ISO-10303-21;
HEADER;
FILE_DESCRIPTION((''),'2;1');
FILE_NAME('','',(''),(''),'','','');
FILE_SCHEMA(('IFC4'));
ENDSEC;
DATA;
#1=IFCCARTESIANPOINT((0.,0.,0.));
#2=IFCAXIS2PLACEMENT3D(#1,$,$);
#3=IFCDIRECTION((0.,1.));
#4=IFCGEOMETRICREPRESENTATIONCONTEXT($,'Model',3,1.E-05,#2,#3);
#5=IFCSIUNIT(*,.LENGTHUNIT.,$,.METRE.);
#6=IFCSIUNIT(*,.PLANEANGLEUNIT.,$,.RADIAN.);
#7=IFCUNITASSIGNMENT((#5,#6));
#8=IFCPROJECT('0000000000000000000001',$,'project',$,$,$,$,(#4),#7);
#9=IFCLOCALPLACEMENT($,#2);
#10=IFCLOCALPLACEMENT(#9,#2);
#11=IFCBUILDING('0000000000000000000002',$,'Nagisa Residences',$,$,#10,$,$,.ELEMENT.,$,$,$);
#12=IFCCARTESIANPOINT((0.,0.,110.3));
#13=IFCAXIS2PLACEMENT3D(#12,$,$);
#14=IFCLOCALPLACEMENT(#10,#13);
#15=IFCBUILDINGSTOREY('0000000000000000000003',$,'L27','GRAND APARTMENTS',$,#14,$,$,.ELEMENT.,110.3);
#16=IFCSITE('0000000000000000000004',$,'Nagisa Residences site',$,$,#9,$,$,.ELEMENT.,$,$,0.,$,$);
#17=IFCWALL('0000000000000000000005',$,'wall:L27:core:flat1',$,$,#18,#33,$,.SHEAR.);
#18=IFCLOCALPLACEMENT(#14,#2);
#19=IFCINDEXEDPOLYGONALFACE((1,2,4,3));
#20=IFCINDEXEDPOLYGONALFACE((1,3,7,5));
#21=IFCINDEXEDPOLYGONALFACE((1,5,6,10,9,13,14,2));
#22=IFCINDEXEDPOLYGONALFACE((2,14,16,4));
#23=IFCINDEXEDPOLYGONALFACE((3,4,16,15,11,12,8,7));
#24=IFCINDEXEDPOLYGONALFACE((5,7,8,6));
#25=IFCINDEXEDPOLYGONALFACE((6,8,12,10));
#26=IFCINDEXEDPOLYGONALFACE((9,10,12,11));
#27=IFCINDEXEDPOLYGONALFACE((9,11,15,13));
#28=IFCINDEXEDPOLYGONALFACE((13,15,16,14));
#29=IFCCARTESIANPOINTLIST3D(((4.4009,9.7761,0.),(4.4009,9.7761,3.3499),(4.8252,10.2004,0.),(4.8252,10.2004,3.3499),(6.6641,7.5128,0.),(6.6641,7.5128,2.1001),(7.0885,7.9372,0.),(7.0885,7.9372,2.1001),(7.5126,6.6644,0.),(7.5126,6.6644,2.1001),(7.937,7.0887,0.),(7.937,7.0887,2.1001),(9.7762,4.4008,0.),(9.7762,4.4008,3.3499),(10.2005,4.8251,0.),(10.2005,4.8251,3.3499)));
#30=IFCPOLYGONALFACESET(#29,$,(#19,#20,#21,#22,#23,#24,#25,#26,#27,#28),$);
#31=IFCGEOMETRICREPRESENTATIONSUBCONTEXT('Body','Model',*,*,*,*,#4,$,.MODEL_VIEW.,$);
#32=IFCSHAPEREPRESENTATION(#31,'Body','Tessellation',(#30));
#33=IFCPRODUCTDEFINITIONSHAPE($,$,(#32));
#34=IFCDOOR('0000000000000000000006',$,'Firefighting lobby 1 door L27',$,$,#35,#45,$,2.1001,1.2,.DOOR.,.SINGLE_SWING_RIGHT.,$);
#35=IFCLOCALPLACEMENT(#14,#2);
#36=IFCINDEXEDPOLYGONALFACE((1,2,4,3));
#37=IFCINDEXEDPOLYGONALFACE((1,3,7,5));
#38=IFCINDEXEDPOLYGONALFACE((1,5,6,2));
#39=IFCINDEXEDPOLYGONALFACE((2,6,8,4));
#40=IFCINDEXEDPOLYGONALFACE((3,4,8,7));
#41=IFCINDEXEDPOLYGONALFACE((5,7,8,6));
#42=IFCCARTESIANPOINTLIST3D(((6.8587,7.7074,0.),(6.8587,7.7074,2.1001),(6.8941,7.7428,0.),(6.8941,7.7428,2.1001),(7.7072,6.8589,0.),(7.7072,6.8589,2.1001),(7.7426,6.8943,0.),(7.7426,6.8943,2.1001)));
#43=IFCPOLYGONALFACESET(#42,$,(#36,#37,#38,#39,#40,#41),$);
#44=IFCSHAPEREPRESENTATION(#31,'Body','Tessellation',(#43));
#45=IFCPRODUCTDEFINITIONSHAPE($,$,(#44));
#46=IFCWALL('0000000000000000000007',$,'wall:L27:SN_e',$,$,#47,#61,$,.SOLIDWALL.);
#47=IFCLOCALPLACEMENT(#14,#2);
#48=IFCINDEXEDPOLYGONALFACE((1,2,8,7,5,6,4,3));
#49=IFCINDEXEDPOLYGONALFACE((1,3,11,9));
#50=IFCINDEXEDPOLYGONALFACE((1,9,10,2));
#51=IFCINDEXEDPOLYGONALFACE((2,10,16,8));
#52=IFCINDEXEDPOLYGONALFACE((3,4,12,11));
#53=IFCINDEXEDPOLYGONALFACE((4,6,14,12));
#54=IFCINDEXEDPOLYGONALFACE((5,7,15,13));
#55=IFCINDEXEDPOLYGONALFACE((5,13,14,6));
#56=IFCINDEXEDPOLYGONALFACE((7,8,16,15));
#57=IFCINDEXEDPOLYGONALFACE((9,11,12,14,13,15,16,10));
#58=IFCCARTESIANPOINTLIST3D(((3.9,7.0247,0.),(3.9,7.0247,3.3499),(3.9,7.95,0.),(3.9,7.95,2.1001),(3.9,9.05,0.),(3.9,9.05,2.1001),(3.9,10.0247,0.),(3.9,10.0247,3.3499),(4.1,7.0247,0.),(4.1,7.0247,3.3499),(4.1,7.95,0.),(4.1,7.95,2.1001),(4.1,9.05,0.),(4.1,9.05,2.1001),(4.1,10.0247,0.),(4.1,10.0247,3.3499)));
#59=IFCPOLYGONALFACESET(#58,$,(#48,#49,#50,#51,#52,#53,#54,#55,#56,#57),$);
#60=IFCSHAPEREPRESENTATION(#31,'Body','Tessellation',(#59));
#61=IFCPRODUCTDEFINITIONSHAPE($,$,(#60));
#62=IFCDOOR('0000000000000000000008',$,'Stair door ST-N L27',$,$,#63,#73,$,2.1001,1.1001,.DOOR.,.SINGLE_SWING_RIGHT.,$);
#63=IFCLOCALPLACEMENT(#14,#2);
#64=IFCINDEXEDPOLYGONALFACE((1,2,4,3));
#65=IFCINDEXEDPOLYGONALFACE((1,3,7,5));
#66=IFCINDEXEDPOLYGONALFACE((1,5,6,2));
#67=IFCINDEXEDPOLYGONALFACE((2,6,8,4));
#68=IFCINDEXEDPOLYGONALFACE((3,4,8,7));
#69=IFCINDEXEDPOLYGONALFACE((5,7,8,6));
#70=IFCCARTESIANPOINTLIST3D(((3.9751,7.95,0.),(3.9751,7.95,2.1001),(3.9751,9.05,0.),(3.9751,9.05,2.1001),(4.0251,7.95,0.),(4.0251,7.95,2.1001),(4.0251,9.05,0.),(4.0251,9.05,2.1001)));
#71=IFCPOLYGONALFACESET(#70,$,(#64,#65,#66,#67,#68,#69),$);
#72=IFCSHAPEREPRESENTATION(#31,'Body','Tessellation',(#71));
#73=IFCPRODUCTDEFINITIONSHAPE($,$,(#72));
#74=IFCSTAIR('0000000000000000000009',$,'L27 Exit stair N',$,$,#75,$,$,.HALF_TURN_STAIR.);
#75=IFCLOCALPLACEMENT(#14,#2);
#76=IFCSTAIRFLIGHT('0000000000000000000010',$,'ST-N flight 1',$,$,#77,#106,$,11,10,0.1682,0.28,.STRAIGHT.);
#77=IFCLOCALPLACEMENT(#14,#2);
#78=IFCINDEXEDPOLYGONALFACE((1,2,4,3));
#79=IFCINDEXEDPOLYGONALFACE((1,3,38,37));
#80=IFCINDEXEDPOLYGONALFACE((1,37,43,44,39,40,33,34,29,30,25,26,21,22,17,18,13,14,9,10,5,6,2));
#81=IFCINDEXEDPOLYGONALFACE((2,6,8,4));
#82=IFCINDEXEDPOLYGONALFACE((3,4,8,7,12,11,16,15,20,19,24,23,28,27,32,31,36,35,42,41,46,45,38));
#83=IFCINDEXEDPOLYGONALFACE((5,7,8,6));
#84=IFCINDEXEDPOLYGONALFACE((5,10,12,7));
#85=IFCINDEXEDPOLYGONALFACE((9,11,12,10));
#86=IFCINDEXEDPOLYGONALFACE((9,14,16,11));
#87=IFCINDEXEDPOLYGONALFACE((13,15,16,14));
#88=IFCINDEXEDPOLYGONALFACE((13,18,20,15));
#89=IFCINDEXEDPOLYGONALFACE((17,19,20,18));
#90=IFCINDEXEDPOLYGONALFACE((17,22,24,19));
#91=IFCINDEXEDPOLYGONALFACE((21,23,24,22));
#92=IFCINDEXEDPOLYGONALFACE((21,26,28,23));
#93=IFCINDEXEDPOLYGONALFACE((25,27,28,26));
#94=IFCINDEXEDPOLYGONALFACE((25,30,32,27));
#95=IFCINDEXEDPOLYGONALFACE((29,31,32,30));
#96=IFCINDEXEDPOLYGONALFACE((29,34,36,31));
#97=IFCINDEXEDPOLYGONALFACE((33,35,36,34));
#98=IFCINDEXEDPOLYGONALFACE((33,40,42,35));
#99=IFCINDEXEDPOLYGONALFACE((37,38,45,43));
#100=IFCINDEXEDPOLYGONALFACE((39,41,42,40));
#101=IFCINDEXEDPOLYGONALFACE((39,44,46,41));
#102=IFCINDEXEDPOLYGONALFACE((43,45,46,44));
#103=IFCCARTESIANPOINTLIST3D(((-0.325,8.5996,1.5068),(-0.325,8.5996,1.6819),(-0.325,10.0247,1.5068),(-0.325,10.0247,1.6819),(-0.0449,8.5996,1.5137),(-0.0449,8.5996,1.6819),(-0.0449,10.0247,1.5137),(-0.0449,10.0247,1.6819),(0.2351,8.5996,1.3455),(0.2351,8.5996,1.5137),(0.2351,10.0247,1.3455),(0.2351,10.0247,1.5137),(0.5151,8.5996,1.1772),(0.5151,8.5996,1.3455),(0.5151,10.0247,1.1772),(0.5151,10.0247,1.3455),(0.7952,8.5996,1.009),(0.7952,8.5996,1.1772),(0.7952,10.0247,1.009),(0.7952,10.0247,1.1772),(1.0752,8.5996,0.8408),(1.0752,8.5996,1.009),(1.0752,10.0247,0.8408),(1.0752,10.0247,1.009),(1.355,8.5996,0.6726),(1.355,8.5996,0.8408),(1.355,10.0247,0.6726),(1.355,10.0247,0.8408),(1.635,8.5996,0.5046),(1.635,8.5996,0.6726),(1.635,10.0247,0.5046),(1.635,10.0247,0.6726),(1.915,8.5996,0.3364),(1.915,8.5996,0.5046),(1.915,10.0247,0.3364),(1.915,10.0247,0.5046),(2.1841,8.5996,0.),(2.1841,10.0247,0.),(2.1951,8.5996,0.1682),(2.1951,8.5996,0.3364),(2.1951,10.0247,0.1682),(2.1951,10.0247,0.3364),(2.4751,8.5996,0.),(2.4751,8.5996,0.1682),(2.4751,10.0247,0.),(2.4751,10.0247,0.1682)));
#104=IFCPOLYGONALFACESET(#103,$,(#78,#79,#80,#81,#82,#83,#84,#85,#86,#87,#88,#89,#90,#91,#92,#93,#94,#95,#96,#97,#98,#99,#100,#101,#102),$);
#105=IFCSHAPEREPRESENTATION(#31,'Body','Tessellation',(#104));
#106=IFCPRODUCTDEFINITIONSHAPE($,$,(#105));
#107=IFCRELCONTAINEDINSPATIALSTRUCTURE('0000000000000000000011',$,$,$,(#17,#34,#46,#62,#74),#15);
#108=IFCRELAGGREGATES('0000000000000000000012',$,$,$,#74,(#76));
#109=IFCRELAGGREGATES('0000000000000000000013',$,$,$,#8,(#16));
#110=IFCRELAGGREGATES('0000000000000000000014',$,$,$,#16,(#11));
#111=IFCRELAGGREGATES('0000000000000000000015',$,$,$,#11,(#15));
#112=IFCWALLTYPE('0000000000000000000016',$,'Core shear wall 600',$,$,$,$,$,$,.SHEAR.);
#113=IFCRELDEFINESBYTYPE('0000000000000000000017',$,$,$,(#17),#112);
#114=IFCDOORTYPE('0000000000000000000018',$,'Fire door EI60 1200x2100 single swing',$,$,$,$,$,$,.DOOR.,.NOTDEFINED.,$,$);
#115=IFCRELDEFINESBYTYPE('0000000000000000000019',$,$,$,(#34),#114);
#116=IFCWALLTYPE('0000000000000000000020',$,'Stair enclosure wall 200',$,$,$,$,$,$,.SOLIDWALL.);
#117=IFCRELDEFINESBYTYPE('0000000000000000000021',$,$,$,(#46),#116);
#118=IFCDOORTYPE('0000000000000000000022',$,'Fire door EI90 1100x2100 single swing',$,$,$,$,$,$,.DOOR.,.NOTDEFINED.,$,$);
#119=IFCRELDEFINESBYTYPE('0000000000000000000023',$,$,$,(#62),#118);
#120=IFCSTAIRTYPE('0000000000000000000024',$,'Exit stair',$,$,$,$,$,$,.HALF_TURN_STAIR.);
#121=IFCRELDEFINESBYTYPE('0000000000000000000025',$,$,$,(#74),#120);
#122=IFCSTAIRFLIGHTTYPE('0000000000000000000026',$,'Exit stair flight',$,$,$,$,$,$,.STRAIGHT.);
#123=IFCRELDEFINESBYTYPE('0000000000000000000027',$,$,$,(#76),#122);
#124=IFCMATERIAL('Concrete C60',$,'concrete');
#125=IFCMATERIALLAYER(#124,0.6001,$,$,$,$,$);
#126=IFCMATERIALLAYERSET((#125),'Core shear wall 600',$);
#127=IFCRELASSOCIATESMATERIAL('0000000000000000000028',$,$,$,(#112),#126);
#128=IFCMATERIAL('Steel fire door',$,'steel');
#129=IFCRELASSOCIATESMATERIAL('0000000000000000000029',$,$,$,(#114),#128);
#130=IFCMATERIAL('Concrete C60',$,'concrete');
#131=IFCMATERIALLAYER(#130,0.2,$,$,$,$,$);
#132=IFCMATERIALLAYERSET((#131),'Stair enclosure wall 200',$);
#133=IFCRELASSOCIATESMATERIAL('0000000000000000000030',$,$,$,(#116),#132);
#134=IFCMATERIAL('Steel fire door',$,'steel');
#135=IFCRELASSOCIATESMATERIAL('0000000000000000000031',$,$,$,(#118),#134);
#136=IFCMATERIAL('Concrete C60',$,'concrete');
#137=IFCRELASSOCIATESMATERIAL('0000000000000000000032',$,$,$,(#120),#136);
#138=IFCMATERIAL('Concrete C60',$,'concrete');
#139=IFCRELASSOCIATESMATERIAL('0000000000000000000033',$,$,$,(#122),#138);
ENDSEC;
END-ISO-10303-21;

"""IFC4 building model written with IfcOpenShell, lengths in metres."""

from ifc_helpers import new_model, si_unit, direction, frame, frame_2d, origin, place, context, subcontext, project, spatial, polyline, rectangle, outline, extrude, material, layer, layer_set, type_object, element, fill, aggregate, save


model = new_model("IFC4")

# Units and contexts
model_context = context("Model", 3, precision=1e-05, world=origin(), true_north=direction((0.0, 1.0)))
body_context = subcontext(model_context, "Body", "Model", "MODEL_VIEW")
ifc_project = project(units=[si_unit("LENGTHUNIT", "METRE"), si_unit("PLANEANGLEUNIT", "RADIAN")], contexts=[model_context])

# Site, building, storey
site_placement = place(None, origin())
site = spatial("IfcSite", under=ifc_project, at=site_placement, Name="Nagisa Residences site", CompositionType="ELEMENT", RefElevation=0.0)
building_placement = place(site_placement, origin())
building = spatial("IfcBuilding", under=site, at=building_placement, Name="Nagisa Residences", CompositionType="ELEMENT")
storey_placement = place(building_placement, frame((0.0, 0.0, 110.3)))
storey = spatial("IfcBuildingStorey", under=building, at=storey_placement, Name="L27", Description="GRAND APARTMENTS", CompositionType="ELEMENT", Elevation=110.3)

# Walls, openings, doors
ifc_material_1 = material(Name="Concrete C60", Category="concrete")
ifc_layer_1 = layer(ifc_material_1, 0.6001)
ifc_layer_set_1 = layer_set([ifc_layer_1], Name="Core shear wall 600")
wall_type_1 = type_object("IfcWallType", Name="Core shear wall 600", PredefinedType="SHEAR", material=ifc_layer_set_1)
wall_1_placement = place(storey_placement, frame((9.9883, 4.613, 0.0), z_axis=(0.0, 0.0, 1.0), x_axis=(-0.707107, 0.707107, 0.0)))
wall_1 = element("IfcWall", 1, at=wall_1_placement, inside=storey, type_object=wall_type_1, Name="wall:L27:core:flat1", PredefinedType="SHEAR", context=body_context, shape_type="SweptSolid", body=[
    extrude(rectangle(XDim=7.6018, YDim=0.6001, at=frame_2d((3.8008, 0.0))), origin(), (0.0, 0.0, 1.0), 3.3499),
])
opening_1_placement = place(wall_1_placement, frame((3.2009, 0.0, 0.0)))
opening_1 = element("IfcOpeningElement", 2, at=opening_1_placement, cuts=wall_1, PredefinedType="OPENING", context=body_context, shape_type="SweptSolid", body=[
    extrude(rectangle(XDim=1.2, YDim=2.1001, at=frame_2d((0.6001, 1.05))), frame((0.0, 0.3101, 0.0), z_axis=(0.0, -1.0, 0.0), x_axis=(1.0, 0.0, 0.0)), (0.0, 0.0, 1.0), 0.6201),
])
ifc_material_2 = material(Name="Steel fire door", Category="steel")
door_type_1 = type_object("IfcDoorType", Name="Fire door EI60 1200x2100 single swing", OperationType="NOTDEFINED", PredefinedType="DOOR", material=ifc_material_2)
door_1_placement = place(opening_1_placement, origin())
door_1 = element("IfcDoor", 3, at=door_1_placement, inside=storey, type_object=door_type_1, Name="Firefighting lobby 1 door L27", OperationType="SINGLE_SWING_RIGHT", OverallHeight=2.1001, OverallWidth=1.2, PredefinedType="DOOR", context=body_context, shape_type="SweptSolid", body=[
    extrude(rectangle(XDim=1.2, YDim=2.1001, at=frame_2d((0.6001, 1.05))), frame((0.0, 0.0249, 0.0), z_axis=(0.0, -1.0, 0.0), x_axis=(1.0, 0.0, 0.0)), (0.0, 0.0, 1.0), 0.05),
])
fill(opening_1, door_1)
ifc_material_3 = material(Name="Concrete C60", Category="concrete")
ifc_layer_2 = layer(ifc_material_3, 0.2)
ifc_layer_set_2 = layer_set([ifc_layer_2], Name="Stair enclosure wall 200")
wall_type_2 = type_object("IfcWallType", Name="Stair enclosure wall 200", PredefinedType="SOLIDWALL", material=ifc_layer_set_2)
wall_2_placement = place(storey_placement, frame((4.0, 7.0247, 0.0), z_axis=(0.0, 0.0, 1.0), x_axis=(0.0, 1.0, 0.0)))
wall_2 = element("IfcWall", 4, at=wall_2_placement, inside=storey, type_object=wall_type_2, Name="wall:L27:SN_e", PredefinedType="SOLIDWALL", context=body_context, shape_type="SweptSolid", body=[
    extrude(rectangle(XDim=3.0, YDim=0.2, at=frame_2d((1.5, 0.0))), origin(), (0.0, 0.0, 1.0), 3.3499),
])
opening_2_placement = place(wall_2_placement, frame((0.9253, 0.0, 0.0)))
opening_2 = element("IfcOpeningElement", 5, at=opening_2_placement, cuts=wall_2, PredefinedType="OPENING", context=body_context, shape_type="SweptSolid", body=[
    extrude(rectangle(XDim=1.1001, YDim=2.1001, at=frame_2d((0.55, 1.05))), frame((0.0, 0.1099, 0.0), z_axis=(0.0, -1.0, 0.0), x_axis=(1.0, 0.0, 0.0)), (0.0, 0.0, 1.0), 0.22),
])
ifc_material_4 = material(Name="Steel fire door", Category="steel")
door_type_2 = type_object("IfcDoorType", Name="Fire door EI90 1100x2100 single swing", OperationType="NOTDEFINED", PredefinedType="DOOR", material=ifc_material_4)
door_2_placement = place(opening_2_placement, origin())
door_2 = element("IfcDoor", 6, at=door_2_placement, inside=storey, type_object=door_type_2, Name="Stair door ST-N L27", OperationType="SINGLE_SWING_RIGHT", OverallHeight=2.1001, OverallWidth=1.1001, PredefinedType="DOOR", context=body_context, shape_type="SweptSolid", body=[
    extrude(rectangle(XDim=1.1001, YDim=2.1001, at=frame_2d((0.55, 1.05))), frame((0.0, 0.0249, 0.0), z_axis=(0.0, -1.0, 0.0), x_axis=(1.0, 0.0, 0.0)), (0.0, 0.0, 1.0), 0.05),
])
fill(opening_2, door_2)

# Stair, stair flight
ifc_material_5 = material(Name="Concrete C60", Category="concrete")
stair_type = type_object("IfcStairType", Name="Exit stair", PredefinedType="HALF_TURN_STAIR", material=ifc_material_5)
stair_placement = place(storey_placement, origin())
stair = element("IfcStair", 7, at=stair_placement, inside=storey, type_object=stair_type, Name="L27 Exit stair N", PredefinedType="HALF_TURN_STAIR")
ifc_material_6 = material(Name="Concrete C60", Category="concrete")
stair_flight_type = type_object("IfcStairFlightType", Name="Exit stair flight", PredefinedType="STRAIGHT", material=ifc_material_6)
stair_flight_placement = place(storey_placement, frame((2.4751, 9.312, 0.0), z_axis=(0.0, 0.0, 1.0), x_axis=(-1.0, 0.0, 0.0)))
stair_flight = element("IfcStairFlight", 8, at=stair_flight_placement, type_object=stair_flight_type, Name="ST-N flight 1", NumberOfRisers=11, NumberOfTreads=10, PredefinedType="STRAIGHT", RiserHeight=0.1682, TreadLength=0.28, context=body_context, shape_type="SweptSolid", body=[
    extrude(outline(polyline([(0.0, 0.0), (0.0, 0.1682), (0.28, 0.1682), (0.28, 0.3364), (0.5601, 0.3364), (0.5601, 0.5046), (0.8401, 0.5046), (0.8401, 0.6726), (1.1201, 0.6726), (1.1201, 0.8408), (1.3999, 0.8408), (1.3999, 1.009), (1.6799, 1.009), (1.6799, 1.1772), (1.96, 1.1772), (1.96, 1.3455), (2.24, 1.3455), (2.24, 1.5137), (2.52, 1.5137), (2.52, 1.6819), (2.8, 1.6819), (2.8, 1.8501), (2.8, 1.5068), (0.291, 0.0), (0.0, 0.0)])), frame((0.0, 0.7124, 0.0), z_axis=(0.0, -1.0, 0.0), x_axis=(1.0, 0.0, 0.0)), (0.0, 0.0, 1.0), 1.425),
])
aggregate(stair, [stair_flight])

save(model, "model.ifc")
